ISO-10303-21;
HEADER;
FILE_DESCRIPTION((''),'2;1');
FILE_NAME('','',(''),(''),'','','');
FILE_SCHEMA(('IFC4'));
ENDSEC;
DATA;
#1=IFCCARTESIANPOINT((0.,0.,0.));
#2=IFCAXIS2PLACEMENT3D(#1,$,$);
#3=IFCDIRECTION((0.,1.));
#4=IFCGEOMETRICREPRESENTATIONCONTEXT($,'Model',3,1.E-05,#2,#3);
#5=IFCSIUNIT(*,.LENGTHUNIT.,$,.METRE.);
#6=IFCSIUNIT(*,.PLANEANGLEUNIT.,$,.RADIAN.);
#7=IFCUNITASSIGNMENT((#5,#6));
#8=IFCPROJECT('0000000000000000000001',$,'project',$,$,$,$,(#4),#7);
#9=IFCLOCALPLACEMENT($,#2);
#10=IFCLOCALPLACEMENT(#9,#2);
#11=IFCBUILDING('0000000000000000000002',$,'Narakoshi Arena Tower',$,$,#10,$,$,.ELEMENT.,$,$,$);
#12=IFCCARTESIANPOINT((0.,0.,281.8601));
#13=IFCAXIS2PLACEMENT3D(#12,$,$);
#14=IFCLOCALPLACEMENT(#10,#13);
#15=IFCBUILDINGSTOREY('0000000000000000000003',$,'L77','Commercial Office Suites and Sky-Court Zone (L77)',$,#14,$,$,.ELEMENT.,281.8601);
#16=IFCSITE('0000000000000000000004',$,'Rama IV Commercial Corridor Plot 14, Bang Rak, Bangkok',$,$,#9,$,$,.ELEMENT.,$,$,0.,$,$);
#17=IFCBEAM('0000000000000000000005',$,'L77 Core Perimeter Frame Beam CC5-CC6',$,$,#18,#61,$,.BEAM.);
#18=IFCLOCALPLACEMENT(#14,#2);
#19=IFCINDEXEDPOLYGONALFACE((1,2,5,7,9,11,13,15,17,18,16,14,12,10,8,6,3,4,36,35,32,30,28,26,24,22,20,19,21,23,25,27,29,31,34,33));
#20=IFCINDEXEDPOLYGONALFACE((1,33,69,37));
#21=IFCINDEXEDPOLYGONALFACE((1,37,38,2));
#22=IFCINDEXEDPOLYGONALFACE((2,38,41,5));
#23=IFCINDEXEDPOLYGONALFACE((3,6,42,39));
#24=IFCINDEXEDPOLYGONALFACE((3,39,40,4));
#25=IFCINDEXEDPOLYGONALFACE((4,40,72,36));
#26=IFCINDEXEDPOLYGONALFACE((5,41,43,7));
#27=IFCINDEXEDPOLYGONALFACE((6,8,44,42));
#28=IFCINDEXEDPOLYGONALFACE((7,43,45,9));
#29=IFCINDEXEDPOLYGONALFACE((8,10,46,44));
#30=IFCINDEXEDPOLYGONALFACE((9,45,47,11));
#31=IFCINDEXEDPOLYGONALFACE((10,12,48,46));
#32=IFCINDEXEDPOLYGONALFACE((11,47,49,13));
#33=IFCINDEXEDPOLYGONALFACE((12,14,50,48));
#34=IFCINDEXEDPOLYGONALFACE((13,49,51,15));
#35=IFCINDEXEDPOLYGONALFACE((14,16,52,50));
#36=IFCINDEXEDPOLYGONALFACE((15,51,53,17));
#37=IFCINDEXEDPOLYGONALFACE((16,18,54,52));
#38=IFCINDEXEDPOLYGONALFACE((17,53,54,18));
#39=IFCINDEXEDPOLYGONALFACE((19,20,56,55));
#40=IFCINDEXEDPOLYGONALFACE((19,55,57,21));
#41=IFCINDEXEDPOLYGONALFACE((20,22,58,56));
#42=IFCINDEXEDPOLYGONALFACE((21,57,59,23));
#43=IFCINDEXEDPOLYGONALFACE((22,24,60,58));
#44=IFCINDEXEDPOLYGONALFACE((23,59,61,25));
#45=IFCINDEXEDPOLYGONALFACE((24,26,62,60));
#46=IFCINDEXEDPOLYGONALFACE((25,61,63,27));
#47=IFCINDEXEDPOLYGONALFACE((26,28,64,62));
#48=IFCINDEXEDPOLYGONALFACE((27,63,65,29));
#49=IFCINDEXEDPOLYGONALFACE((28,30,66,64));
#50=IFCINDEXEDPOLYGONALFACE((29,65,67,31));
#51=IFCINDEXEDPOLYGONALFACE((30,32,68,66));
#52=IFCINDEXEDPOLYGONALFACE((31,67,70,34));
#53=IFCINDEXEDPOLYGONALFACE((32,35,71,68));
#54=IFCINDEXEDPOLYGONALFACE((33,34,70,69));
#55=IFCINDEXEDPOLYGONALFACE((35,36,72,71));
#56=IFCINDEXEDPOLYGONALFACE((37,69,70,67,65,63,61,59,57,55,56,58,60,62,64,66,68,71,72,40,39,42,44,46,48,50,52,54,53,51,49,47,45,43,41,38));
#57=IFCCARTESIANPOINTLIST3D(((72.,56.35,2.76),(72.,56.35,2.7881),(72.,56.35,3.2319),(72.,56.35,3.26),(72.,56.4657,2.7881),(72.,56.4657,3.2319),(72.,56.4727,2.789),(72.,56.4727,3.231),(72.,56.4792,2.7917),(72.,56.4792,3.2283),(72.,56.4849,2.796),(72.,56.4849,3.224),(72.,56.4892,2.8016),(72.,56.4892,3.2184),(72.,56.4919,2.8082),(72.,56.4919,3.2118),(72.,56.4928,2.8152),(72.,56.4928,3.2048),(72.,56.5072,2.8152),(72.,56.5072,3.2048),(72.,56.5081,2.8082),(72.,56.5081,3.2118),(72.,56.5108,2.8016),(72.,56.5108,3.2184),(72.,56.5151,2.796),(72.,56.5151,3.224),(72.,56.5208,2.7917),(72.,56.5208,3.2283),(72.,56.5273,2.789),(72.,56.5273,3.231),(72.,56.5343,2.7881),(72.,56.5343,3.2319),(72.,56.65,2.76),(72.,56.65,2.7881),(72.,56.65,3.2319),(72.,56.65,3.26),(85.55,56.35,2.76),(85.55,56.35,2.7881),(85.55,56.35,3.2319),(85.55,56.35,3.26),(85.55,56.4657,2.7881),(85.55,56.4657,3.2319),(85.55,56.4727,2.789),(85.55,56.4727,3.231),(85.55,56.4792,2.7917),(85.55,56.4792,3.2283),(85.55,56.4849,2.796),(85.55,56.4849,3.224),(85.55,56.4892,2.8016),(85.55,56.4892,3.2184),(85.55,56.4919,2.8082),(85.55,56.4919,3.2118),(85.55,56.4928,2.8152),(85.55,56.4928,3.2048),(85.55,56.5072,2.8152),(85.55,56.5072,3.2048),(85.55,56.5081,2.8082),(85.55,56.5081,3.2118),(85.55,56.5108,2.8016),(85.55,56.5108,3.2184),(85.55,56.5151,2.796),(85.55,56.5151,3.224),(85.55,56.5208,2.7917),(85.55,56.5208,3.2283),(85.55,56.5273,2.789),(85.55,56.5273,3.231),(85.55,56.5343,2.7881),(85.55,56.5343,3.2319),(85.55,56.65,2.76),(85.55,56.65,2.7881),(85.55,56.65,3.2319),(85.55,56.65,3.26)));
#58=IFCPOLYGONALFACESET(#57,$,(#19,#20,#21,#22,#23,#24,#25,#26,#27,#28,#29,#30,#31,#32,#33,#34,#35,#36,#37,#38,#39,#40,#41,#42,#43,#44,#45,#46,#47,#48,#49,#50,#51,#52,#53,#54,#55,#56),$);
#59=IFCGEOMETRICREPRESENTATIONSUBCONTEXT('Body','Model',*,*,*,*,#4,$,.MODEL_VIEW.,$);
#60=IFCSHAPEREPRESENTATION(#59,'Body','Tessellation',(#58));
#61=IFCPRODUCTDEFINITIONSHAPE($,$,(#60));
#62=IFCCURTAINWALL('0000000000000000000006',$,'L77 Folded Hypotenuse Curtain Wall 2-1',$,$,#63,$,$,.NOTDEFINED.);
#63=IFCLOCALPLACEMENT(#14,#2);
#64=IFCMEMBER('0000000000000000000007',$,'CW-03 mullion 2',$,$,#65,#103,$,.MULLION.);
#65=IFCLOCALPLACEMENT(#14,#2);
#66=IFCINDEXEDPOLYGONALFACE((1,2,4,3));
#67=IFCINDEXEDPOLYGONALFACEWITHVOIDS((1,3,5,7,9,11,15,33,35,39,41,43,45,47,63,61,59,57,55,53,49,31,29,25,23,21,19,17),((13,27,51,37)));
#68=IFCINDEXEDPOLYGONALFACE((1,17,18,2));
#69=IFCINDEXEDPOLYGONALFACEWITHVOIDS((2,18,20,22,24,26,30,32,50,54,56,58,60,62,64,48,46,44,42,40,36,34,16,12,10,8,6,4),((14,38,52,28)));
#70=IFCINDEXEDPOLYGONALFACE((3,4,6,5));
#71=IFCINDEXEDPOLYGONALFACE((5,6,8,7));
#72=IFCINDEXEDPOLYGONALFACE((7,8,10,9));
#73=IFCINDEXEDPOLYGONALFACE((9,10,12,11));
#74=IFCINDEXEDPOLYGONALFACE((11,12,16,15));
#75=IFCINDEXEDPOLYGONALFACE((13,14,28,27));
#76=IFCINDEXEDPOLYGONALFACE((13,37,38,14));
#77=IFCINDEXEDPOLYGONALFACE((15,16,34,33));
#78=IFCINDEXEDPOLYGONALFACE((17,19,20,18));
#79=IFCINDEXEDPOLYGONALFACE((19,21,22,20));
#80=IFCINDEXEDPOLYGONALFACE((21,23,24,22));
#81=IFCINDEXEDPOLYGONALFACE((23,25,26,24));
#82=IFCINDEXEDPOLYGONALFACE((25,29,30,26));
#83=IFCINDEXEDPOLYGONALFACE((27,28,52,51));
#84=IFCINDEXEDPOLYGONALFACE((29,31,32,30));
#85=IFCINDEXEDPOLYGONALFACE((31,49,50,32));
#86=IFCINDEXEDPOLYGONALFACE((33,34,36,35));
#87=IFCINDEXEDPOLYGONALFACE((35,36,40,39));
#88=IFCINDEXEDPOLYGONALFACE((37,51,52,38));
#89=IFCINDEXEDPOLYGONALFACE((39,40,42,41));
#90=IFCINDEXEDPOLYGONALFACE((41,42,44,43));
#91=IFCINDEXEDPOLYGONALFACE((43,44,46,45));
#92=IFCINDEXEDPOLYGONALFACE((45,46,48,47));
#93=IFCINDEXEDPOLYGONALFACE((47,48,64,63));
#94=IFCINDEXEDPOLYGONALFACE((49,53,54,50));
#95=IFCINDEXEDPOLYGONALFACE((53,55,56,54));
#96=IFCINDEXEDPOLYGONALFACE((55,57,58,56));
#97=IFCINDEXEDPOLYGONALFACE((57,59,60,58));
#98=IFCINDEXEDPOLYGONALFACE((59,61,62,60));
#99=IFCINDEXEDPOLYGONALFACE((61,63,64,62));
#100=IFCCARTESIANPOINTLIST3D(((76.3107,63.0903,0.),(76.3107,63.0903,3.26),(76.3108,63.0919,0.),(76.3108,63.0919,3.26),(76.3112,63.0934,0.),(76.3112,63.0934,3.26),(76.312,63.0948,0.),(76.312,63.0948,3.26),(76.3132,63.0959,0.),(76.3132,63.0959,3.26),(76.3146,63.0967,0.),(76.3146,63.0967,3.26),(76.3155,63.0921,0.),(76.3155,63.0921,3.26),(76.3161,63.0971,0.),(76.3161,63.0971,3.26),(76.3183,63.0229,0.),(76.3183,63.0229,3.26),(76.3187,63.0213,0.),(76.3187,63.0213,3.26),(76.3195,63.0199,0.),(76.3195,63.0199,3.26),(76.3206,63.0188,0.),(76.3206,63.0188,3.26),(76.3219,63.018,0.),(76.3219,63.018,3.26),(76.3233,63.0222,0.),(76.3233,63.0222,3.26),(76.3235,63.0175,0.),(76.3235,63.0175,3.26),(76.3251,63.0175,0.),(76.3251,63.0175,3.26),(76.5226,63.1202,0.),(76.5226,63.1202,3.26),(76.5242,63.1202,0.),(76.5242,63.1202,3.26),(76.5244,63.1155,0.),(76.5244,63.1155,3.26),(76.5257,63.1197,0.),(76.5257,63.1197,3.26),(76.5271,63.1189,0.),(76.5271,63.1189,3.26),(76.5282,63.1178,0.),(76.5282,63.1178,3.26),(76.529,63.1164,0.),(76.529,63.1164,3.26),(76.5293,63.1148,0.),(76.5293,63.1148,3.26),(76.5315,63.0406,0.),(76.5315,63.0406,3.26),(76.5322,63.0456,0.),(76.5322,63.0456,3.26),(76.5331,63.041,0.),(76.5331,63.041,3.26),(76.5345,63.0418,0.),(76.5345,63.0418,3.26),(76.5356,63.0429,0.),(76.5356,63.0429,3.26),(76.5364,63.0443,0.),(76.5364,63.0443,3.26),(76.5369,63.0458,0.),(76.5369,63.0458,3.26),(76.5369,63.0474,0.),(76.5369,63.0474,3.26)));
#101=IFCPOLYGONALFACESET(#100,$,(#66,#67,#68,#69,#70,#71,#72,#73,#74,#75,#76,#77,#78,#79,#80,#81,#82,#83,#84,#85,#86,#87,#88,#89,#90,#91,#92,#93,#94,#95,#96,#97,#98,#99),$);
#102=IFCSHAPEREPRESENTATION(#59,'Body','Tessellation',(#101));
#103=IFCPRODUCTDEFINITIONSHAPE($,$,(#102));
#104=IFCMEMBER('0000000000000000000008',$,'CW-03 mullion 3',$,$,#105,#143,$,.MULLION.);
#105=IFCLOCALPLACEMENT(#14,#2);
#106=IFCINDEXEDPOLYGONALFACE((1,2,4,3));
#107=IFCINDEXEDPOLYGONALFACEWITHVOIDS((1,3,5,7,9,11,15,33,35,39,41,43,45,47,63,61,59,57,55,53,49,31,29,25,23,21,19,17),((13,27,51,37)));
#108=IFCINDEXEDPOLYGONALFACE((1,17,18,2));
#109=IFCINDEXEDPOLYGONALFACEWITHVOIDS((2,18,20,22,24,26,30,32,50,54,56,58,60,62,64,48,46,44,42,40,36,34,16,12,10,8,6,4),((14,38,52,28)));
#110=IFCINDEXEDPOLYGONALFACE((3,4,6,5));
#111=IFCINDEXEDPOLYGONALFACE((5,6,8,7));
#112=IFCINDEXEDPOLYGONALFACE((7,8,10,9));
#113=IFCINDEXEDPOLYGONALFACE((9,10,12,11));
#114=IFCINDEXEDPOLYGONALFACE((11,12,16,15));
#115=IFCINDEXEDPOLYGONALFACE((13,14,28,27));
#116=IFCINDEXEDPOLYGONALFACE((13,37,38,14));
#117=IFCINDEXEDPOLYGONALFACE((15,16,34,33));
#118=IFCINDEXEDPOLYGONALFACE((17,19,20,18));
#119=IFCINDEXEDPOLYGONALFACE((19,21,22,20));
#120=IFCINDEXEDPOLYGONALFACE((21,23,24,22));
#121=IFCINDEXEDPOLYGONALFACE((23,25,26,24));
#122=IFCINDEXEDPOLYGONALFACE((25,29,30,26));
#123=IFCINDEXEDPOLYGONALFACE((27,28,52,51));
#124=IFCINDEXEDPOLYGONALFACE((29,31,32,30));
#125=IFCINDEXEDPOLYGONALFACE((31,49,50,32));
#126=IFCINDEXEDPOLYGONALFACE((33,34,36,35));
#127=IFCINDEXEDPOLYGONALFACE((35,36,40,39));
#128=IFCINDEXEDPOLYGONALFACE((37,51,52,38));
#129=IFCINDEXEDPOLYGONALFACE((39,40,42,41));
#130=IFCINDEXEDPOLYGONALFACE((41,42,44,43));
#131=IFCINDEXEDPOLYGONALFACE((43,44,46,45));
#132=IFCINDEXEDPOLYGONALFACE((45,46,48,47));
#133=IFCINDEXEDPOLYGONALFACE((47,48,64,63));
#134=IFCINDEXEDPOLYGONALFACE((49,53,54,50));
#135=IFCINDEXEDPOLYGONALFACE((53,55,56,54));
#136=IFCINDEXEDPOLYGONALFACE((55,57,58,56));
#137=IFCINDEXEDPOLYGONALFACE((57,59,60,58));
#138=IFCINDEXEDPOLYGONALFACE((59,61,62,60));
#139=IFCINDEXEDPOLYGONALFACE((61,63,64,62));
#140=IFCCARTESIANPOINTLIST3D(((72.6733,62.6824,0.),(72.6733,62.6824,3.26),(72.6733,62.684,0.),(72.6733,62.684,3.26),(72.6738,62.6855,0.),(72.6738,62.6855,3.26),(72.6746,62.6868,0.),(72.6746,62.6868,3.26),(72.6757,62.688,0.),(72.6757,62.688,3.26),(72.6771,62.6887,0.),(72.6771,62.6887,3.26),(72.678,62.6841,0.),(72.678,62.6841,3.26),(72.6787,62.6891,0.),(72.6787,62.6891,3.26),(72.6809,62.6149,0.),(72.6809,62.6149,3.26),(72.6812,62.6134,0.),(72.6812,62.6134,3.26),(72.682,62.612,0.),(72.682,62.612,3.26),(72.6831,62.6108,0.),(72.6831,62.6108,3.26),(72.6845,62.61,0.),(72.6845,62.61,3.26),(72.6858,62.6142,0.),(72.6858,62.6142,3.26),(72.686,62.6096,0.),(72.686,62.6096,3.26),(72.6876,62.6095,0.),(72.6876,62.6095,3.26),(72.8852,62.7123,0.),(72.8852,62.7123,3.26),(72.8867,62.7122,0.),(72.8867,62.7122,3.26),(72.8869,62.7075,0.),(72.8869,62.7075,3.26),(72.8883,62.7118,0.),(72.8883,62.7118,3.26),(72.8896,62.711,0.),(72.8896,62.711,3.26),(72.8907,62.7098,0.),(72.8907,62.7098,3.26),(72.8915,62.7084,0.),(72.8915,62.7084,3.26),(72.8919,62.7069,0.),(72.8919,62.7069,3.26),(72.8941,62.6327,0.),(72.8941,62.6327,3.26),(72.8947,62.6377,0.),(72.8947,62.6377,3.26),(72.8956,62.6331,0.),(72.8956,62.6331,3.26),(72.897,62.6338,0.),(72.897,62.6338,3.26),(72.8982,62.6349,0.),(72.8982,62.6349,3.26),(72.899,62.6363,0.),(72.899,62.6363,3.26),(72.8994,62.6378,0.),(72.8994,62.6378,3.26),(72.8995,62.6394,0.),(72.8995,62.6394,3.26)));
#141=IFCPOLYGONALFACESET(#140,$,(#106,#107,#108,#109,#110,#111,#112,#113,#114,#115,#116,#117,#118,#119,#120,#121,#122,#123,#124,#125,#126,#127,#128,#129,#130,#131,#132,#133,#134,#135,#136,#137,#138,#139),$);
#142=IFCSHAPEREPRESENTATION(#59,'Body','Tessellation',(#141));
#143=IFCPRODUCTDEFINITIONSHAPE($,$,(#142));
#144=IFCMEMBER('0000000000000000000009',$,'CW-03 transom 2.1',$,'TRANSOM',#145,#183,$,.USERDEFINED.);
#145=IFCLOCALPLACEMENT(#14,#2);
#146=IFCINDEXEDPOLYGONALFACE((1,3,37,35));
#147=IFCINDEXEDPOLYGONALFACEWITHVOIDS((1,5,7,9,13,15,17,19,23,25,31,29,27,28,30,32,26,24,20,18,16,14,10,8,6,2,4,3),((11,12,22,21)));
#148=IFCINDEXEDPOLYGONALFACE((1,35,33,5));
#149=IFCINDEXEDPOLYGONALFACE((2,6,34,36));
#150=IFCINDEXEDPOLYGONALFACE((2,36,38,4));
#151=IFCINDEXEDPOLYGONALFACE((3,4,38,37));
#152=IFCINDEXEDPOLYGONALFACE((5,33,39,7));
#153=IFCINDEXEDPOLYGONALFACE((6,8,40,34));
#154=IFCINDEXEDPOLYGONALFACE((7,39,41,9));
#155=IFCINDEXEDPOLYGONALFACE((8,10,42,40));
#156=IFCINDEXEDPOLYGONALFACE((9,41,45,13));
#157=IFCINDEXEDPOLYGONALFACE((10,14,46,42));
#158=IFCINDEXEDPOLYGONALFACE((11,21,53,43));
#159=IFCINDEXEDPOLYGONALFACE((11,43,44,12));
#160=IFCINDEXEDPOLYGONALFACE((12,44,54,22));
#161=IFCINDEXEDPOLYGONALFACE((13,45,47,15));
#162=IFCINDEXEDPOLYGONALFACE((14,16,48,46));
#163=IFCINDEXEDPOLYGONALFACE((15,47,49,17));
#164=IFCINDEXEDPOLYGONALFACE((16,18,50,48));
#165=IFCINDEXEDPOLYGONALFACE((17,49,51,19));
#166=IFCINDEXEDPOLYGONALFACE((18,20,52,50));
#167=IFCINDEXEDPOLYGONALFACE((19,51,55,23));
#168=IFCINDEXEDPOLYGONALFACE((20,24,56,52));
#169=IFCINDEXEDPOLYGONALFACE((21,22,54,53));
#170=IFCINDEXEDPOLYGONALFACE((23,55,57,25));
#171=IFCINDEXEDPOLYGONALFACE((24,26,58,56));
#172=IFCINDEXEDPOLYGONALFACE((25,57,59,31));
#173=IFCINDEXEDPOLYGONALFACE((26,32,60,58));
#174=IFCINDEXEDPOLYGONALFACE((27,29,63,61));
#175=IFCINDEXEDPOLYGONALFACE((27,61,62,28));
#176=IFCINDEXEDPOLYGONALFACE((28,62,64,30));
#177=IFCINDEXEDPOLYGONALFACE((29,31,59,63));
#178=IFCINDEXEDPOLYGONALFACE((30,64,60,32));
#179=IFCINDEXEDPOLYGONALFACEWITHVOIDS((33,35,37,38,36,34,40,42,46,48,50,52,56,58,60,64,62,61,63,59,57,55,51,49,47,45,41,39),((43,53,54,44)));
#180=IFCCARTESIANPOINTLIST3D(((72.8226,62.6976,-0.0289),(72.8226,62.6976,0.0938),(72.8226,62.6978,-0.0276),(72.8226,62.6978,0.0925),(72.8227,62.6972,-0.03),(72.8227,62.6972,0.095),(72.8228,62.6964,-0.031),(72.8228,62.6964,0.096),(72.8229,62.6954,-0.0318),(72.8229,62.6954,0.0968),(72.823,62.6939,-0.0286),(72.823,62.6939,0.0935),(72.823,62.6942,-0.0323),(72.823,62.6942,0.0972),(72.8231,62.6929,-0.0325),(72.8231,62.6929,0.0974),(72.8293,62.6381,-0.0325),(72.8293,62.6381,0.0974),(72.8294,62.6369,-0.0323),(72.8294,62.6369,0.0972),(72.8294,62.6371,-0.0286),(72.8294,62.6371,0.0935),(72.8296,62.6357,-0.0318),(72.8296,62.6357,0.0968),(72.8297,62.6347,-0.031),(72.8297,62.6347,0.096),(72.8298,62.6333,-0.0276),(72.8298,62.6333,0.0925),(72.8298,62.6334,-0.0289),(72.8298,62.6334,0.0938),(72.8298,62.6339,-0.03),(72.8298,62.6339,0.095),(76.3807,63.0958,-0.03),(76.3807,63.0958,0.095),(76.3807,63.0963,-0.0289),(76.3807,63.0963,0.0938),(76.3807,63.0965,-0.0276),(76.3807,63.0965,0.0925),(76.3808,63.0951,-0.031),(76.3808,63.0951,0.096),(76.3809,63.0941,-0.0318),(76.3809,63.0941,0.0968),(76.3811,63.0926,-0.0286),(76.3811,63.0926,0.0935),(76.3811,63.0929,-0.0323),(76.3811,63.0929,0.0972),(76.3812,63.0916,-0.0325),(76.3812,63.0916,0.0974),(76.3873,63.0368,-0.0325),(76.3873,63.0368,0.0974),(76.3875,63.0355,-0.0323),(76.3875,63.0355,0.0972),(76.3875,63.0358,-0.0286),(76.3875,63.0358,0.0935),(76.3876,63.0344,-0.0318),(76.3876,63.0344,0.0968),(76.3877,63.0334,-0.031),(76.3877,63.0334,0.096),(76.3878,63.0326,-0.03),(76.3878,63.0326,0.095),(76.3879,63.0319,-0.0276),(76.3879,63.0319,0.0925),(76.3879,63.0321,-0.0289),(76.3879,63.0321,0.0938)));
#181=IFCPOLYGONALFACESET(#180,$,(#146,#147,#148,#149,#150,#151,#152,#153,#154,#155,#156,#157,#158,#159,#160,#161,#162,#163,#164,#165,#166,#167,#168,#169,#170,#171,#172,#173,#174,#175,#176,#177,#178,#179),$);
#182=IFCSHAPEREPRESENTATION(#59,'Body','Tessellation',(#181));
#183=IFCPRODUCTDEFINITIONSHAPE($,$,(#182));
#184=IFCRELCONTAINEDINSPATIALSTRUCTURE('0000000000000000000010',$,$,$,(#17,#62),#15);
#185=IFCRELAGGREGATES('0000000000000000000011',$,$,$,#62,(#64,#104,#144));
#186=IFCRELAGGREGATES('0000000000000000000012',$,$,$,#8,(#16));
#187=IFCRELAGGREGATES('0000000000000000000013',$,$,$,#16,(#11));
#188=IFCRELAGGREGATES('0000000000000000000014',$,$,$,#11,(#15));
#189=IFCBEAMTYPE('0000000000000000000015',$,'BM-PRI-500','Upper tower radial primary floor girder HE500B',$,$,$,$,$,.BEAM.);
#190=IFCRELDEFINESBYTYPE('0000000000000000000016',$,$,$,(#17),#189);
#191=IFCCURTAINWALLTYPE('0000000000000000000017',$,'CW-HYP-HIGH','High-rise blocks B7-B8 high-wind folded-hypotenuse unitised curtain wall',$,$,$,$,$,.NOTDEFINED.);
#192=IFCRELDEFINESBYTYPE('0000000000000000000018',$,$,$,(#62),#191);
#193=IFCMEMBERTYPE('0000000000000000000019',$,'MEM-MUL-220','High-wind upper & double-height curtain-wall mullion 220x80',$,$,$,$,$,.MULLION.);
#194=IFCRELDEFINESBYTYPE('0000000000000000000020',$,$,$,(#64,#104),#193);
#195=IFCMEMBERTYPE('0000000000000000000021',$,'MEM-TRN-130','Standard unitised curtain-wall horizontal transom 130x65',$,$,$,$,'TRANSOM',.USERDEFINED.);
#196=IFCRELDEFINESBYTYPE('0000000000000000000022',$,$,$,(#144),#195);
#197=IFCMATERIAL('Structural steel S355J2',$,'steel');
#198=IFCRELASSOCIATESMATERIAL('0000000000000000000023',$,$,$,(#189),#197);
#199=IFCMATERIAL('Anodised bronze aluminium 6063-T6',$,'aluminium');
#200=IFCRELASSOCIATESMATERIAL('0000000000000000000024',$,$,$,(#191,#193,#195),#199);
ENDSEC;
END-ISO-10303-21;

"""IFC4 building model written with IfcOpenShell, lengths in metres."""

from ifc_helpers import new_model, si_unit, direction, frame, origin, origin_2d, place, context, subcontext, project, spatial, hollow_rectangle, i_section, extrude, material, material_profile, profile_set, type_object, element, aggregate, save


model = new_model("IFC4")

# Units and contexts
model_context = context("Model", 3, precision=1e-05, world=origin(), true_north=direction((0.0, 1.0)))
body_context = subcontext(model_context, "Body", "Model", "MODEL_VIEW")
ifc_project = project(units=[si_unit("LENGTHUNIT", "METRE"), si_unit("PLANEANGLEUNIT", "RADIAN")], contexts=[model_context])

# Site, building, storey
site_placement = place(None, origin())
site = spatial("IfcSite", under=ifc_project, at=site_placement, Name="Rama IV Commercial Corridor Plot 14, Bang Rak, Bangkok", CompositionType="ELEMENT", RefElevation=0.0)
building_placement = place(site_placement, origin())
building = spatial("IfcBuilding", under=site, at=building_placement, Name="Narakoshi Arena Tower", CompositionType="ELEMENT")
storey_placement = place(building_placement, frame((0.0, 0.0, 281.8601)))
storey = spatial("IfcBuildingStorey", under=building, at=storey_placement, Name="L77", Description="Commercial Office Suites and Sky-Court Zone (L77)", CompositionType="ELEMENT", Elevation=281.8601)

# Beam
ifc_material_1 = material(Name="Structural steel S355J2", Category="steel")
ifc_material_profile_1 = material_profile(ifc_material_1, i_section(OverallWidth=0.3, OverallDepth=0.5, WebThickness=0.0144, FlangeThickness=0.0281, FilletRadius=0.0271, at=origin_2d()), Name="HE500B")
ifc_profile_set_1 = profile_set([ifc_material_profile_1], Name="Structural steel S355J2")
beam_type = type_object("IfcBeamType", Name="BM-PRI-500", Description="Upper tower radial primary floor girder HE500B", PredefinedType="BEAM", material=ifc_profile_set_1)
beam_1_placement = place(storey_placement, frame((72.0, 56.5, 3.01), z_axis=(1.0, 0.0, 0.0), x_axis=(0.0, 1.0, 0.0)))
element("IfcBeam", 1, at=beam_1_placement, inside=storey, type_object=beam_type, Name="L77 Core Perimeter Frame Beam CC5-CC6", PredefinedType="BEAM", context=body_context, shape_type="SweptSolid", body=[
    extrude(i_section(OverallWidth=0.3, OverallDepth=0.5, WebThickness=0.0144, FlangeThickness=0.0281, FilletRadius=0.0271, at=origin_2d()), origin(), (0.0, 0.0, 1.0), 13.55),
])

# Curtain wall, members
ifc_material_2 = material(Name="Anodised bronze aluminium 6063-T6", Category="aluminium")
curtain_wall_type = type_object("IfcCurtainWallType", Name="CW-HYP-HIGH", Description="High-rise blocks B7-B8 high-wind folded-hypotenuse unitised curtain wall", PredefinedType="NOTDEFINED", material=ifc_material_2)
curtain_wall_placement = place(storey_placement, origin())
curtain_wall = element("IfcCurtainWall", 2, at=curtain_wall_placement, inside=storey, type_object=curtain_wall_type, Name="L77 Folded Hypotenuse Curtain Wall 2-1", PredefinedType="NOTDEFINED")
ifc_material_profile_2 = material_profile(ifc_material_2, hollow_rectangle(XDim=0.0801, YDim=0.22, WallThickness=0.0049, OuterFilletRadius=0.0061, at=origin_2d()), Name="MUL220x80x5")
ifc_profile_set_2 = profile_set([ifc_material_profile_2], Name="Anodised bronze aluminium 6063-T6")
member_type_1 = type_object("IfcMemberType", Name="MEM-MUL-220", Description="High-wind upper & double-height curtain-wall mullion 220x80", PredefinedType="MULLION", material=ifc_profile_set_2)
member_1_placement = place(storey_placement, frame((76.4238, 63.0688, 0.0), z_axis=(0.0, 0.0, 1.0), x_axis=(0.111396, -0.993776, 0.0)))
member_1 = element("IfcMember", 3, at=member_1_placement, type_object=member_type_1, Name="CW-03 mullion 2", PredefinedType="MULLION", context=body_context, shape_type="SweptSolid", body=[
    extrude(hollow_rectangle(XDim=0.0801, YDim=0.22, WallThickness=0.0049, OuterFilletRadius=0.0061, at=origin_2d()), origin(), (0.0, 0.0, 1.0), 3.26),
])
member_2_placement = place(storey_placement, frame((72.7864, 62.6609, 0.0), z_axis=(0.0, 0.0, 1.0), x_axis=(0.111396, -0.993776, 0.0)))
member_2 = element("IfcMember", 4, at=member_2_placement, type_object=member_type_1, Name="CW-03 mullion 3", PredefinedType="MULLION", context=body_context, shape_type="SweptSolid", body=[
    extrude(hollow_rectangle(XDim=0.0801, YDim=0.22, WallThickness=0.0049, OuterFilletRadius=0.0061, at=origin_2d()), origin(), (0.0, 0.0, 1.0), 3.26),
])
ifc_material_profile_3 = material_profile(ifc_material_2, hollow_rectangle(XDim=0.0649, YDim=0.1299, WallThickness=0.0039, OuterFilletRadius=0.0049, at=origin_2d()), Name="TRN130x65x4")
ifc_profile_set_3 = profile_set([ifc_material_profile_3], Name="Anodised bronze aluminium 6063-T6")
member_type_2 = type_object("IfcMemberType", Name="MEM-TRN-130", Description="Standard unitised curtain-wall horizontal transom 130x65", ElementType="TRANSOM", PredefinedType="USERDEFINED", material=ifc_profile_set_3)
member_3_placement = place(storey_placement, frame((76.3843, 63.0642, 0.0325), z_axis=(-0.993781, -0.111352, 0.0), x_axis=(0.111352, -0.993781, 0.0)))
member_3 = element("IfcMember", 5, at=member_3_placement, type_object=member_type_2, Name="CW-03 transom 2.1", ObjectType="TRANSOM", PredefinedType="USERDEFINED", context=body_context, shape_type="SweptSolid", body=[
    extrude(hollow_rectangle(XDim=0.0649, YDim=0.1299, WallThickness=0.0039, OuterFilletRadius=0.0049, at=origin_2d()), origin(), (0.0, 0.0, 1.0), 3.5803),
])
aggregate(curtain_wall, [member_1, member_2, member_3])

save(model, "model.ifc")
